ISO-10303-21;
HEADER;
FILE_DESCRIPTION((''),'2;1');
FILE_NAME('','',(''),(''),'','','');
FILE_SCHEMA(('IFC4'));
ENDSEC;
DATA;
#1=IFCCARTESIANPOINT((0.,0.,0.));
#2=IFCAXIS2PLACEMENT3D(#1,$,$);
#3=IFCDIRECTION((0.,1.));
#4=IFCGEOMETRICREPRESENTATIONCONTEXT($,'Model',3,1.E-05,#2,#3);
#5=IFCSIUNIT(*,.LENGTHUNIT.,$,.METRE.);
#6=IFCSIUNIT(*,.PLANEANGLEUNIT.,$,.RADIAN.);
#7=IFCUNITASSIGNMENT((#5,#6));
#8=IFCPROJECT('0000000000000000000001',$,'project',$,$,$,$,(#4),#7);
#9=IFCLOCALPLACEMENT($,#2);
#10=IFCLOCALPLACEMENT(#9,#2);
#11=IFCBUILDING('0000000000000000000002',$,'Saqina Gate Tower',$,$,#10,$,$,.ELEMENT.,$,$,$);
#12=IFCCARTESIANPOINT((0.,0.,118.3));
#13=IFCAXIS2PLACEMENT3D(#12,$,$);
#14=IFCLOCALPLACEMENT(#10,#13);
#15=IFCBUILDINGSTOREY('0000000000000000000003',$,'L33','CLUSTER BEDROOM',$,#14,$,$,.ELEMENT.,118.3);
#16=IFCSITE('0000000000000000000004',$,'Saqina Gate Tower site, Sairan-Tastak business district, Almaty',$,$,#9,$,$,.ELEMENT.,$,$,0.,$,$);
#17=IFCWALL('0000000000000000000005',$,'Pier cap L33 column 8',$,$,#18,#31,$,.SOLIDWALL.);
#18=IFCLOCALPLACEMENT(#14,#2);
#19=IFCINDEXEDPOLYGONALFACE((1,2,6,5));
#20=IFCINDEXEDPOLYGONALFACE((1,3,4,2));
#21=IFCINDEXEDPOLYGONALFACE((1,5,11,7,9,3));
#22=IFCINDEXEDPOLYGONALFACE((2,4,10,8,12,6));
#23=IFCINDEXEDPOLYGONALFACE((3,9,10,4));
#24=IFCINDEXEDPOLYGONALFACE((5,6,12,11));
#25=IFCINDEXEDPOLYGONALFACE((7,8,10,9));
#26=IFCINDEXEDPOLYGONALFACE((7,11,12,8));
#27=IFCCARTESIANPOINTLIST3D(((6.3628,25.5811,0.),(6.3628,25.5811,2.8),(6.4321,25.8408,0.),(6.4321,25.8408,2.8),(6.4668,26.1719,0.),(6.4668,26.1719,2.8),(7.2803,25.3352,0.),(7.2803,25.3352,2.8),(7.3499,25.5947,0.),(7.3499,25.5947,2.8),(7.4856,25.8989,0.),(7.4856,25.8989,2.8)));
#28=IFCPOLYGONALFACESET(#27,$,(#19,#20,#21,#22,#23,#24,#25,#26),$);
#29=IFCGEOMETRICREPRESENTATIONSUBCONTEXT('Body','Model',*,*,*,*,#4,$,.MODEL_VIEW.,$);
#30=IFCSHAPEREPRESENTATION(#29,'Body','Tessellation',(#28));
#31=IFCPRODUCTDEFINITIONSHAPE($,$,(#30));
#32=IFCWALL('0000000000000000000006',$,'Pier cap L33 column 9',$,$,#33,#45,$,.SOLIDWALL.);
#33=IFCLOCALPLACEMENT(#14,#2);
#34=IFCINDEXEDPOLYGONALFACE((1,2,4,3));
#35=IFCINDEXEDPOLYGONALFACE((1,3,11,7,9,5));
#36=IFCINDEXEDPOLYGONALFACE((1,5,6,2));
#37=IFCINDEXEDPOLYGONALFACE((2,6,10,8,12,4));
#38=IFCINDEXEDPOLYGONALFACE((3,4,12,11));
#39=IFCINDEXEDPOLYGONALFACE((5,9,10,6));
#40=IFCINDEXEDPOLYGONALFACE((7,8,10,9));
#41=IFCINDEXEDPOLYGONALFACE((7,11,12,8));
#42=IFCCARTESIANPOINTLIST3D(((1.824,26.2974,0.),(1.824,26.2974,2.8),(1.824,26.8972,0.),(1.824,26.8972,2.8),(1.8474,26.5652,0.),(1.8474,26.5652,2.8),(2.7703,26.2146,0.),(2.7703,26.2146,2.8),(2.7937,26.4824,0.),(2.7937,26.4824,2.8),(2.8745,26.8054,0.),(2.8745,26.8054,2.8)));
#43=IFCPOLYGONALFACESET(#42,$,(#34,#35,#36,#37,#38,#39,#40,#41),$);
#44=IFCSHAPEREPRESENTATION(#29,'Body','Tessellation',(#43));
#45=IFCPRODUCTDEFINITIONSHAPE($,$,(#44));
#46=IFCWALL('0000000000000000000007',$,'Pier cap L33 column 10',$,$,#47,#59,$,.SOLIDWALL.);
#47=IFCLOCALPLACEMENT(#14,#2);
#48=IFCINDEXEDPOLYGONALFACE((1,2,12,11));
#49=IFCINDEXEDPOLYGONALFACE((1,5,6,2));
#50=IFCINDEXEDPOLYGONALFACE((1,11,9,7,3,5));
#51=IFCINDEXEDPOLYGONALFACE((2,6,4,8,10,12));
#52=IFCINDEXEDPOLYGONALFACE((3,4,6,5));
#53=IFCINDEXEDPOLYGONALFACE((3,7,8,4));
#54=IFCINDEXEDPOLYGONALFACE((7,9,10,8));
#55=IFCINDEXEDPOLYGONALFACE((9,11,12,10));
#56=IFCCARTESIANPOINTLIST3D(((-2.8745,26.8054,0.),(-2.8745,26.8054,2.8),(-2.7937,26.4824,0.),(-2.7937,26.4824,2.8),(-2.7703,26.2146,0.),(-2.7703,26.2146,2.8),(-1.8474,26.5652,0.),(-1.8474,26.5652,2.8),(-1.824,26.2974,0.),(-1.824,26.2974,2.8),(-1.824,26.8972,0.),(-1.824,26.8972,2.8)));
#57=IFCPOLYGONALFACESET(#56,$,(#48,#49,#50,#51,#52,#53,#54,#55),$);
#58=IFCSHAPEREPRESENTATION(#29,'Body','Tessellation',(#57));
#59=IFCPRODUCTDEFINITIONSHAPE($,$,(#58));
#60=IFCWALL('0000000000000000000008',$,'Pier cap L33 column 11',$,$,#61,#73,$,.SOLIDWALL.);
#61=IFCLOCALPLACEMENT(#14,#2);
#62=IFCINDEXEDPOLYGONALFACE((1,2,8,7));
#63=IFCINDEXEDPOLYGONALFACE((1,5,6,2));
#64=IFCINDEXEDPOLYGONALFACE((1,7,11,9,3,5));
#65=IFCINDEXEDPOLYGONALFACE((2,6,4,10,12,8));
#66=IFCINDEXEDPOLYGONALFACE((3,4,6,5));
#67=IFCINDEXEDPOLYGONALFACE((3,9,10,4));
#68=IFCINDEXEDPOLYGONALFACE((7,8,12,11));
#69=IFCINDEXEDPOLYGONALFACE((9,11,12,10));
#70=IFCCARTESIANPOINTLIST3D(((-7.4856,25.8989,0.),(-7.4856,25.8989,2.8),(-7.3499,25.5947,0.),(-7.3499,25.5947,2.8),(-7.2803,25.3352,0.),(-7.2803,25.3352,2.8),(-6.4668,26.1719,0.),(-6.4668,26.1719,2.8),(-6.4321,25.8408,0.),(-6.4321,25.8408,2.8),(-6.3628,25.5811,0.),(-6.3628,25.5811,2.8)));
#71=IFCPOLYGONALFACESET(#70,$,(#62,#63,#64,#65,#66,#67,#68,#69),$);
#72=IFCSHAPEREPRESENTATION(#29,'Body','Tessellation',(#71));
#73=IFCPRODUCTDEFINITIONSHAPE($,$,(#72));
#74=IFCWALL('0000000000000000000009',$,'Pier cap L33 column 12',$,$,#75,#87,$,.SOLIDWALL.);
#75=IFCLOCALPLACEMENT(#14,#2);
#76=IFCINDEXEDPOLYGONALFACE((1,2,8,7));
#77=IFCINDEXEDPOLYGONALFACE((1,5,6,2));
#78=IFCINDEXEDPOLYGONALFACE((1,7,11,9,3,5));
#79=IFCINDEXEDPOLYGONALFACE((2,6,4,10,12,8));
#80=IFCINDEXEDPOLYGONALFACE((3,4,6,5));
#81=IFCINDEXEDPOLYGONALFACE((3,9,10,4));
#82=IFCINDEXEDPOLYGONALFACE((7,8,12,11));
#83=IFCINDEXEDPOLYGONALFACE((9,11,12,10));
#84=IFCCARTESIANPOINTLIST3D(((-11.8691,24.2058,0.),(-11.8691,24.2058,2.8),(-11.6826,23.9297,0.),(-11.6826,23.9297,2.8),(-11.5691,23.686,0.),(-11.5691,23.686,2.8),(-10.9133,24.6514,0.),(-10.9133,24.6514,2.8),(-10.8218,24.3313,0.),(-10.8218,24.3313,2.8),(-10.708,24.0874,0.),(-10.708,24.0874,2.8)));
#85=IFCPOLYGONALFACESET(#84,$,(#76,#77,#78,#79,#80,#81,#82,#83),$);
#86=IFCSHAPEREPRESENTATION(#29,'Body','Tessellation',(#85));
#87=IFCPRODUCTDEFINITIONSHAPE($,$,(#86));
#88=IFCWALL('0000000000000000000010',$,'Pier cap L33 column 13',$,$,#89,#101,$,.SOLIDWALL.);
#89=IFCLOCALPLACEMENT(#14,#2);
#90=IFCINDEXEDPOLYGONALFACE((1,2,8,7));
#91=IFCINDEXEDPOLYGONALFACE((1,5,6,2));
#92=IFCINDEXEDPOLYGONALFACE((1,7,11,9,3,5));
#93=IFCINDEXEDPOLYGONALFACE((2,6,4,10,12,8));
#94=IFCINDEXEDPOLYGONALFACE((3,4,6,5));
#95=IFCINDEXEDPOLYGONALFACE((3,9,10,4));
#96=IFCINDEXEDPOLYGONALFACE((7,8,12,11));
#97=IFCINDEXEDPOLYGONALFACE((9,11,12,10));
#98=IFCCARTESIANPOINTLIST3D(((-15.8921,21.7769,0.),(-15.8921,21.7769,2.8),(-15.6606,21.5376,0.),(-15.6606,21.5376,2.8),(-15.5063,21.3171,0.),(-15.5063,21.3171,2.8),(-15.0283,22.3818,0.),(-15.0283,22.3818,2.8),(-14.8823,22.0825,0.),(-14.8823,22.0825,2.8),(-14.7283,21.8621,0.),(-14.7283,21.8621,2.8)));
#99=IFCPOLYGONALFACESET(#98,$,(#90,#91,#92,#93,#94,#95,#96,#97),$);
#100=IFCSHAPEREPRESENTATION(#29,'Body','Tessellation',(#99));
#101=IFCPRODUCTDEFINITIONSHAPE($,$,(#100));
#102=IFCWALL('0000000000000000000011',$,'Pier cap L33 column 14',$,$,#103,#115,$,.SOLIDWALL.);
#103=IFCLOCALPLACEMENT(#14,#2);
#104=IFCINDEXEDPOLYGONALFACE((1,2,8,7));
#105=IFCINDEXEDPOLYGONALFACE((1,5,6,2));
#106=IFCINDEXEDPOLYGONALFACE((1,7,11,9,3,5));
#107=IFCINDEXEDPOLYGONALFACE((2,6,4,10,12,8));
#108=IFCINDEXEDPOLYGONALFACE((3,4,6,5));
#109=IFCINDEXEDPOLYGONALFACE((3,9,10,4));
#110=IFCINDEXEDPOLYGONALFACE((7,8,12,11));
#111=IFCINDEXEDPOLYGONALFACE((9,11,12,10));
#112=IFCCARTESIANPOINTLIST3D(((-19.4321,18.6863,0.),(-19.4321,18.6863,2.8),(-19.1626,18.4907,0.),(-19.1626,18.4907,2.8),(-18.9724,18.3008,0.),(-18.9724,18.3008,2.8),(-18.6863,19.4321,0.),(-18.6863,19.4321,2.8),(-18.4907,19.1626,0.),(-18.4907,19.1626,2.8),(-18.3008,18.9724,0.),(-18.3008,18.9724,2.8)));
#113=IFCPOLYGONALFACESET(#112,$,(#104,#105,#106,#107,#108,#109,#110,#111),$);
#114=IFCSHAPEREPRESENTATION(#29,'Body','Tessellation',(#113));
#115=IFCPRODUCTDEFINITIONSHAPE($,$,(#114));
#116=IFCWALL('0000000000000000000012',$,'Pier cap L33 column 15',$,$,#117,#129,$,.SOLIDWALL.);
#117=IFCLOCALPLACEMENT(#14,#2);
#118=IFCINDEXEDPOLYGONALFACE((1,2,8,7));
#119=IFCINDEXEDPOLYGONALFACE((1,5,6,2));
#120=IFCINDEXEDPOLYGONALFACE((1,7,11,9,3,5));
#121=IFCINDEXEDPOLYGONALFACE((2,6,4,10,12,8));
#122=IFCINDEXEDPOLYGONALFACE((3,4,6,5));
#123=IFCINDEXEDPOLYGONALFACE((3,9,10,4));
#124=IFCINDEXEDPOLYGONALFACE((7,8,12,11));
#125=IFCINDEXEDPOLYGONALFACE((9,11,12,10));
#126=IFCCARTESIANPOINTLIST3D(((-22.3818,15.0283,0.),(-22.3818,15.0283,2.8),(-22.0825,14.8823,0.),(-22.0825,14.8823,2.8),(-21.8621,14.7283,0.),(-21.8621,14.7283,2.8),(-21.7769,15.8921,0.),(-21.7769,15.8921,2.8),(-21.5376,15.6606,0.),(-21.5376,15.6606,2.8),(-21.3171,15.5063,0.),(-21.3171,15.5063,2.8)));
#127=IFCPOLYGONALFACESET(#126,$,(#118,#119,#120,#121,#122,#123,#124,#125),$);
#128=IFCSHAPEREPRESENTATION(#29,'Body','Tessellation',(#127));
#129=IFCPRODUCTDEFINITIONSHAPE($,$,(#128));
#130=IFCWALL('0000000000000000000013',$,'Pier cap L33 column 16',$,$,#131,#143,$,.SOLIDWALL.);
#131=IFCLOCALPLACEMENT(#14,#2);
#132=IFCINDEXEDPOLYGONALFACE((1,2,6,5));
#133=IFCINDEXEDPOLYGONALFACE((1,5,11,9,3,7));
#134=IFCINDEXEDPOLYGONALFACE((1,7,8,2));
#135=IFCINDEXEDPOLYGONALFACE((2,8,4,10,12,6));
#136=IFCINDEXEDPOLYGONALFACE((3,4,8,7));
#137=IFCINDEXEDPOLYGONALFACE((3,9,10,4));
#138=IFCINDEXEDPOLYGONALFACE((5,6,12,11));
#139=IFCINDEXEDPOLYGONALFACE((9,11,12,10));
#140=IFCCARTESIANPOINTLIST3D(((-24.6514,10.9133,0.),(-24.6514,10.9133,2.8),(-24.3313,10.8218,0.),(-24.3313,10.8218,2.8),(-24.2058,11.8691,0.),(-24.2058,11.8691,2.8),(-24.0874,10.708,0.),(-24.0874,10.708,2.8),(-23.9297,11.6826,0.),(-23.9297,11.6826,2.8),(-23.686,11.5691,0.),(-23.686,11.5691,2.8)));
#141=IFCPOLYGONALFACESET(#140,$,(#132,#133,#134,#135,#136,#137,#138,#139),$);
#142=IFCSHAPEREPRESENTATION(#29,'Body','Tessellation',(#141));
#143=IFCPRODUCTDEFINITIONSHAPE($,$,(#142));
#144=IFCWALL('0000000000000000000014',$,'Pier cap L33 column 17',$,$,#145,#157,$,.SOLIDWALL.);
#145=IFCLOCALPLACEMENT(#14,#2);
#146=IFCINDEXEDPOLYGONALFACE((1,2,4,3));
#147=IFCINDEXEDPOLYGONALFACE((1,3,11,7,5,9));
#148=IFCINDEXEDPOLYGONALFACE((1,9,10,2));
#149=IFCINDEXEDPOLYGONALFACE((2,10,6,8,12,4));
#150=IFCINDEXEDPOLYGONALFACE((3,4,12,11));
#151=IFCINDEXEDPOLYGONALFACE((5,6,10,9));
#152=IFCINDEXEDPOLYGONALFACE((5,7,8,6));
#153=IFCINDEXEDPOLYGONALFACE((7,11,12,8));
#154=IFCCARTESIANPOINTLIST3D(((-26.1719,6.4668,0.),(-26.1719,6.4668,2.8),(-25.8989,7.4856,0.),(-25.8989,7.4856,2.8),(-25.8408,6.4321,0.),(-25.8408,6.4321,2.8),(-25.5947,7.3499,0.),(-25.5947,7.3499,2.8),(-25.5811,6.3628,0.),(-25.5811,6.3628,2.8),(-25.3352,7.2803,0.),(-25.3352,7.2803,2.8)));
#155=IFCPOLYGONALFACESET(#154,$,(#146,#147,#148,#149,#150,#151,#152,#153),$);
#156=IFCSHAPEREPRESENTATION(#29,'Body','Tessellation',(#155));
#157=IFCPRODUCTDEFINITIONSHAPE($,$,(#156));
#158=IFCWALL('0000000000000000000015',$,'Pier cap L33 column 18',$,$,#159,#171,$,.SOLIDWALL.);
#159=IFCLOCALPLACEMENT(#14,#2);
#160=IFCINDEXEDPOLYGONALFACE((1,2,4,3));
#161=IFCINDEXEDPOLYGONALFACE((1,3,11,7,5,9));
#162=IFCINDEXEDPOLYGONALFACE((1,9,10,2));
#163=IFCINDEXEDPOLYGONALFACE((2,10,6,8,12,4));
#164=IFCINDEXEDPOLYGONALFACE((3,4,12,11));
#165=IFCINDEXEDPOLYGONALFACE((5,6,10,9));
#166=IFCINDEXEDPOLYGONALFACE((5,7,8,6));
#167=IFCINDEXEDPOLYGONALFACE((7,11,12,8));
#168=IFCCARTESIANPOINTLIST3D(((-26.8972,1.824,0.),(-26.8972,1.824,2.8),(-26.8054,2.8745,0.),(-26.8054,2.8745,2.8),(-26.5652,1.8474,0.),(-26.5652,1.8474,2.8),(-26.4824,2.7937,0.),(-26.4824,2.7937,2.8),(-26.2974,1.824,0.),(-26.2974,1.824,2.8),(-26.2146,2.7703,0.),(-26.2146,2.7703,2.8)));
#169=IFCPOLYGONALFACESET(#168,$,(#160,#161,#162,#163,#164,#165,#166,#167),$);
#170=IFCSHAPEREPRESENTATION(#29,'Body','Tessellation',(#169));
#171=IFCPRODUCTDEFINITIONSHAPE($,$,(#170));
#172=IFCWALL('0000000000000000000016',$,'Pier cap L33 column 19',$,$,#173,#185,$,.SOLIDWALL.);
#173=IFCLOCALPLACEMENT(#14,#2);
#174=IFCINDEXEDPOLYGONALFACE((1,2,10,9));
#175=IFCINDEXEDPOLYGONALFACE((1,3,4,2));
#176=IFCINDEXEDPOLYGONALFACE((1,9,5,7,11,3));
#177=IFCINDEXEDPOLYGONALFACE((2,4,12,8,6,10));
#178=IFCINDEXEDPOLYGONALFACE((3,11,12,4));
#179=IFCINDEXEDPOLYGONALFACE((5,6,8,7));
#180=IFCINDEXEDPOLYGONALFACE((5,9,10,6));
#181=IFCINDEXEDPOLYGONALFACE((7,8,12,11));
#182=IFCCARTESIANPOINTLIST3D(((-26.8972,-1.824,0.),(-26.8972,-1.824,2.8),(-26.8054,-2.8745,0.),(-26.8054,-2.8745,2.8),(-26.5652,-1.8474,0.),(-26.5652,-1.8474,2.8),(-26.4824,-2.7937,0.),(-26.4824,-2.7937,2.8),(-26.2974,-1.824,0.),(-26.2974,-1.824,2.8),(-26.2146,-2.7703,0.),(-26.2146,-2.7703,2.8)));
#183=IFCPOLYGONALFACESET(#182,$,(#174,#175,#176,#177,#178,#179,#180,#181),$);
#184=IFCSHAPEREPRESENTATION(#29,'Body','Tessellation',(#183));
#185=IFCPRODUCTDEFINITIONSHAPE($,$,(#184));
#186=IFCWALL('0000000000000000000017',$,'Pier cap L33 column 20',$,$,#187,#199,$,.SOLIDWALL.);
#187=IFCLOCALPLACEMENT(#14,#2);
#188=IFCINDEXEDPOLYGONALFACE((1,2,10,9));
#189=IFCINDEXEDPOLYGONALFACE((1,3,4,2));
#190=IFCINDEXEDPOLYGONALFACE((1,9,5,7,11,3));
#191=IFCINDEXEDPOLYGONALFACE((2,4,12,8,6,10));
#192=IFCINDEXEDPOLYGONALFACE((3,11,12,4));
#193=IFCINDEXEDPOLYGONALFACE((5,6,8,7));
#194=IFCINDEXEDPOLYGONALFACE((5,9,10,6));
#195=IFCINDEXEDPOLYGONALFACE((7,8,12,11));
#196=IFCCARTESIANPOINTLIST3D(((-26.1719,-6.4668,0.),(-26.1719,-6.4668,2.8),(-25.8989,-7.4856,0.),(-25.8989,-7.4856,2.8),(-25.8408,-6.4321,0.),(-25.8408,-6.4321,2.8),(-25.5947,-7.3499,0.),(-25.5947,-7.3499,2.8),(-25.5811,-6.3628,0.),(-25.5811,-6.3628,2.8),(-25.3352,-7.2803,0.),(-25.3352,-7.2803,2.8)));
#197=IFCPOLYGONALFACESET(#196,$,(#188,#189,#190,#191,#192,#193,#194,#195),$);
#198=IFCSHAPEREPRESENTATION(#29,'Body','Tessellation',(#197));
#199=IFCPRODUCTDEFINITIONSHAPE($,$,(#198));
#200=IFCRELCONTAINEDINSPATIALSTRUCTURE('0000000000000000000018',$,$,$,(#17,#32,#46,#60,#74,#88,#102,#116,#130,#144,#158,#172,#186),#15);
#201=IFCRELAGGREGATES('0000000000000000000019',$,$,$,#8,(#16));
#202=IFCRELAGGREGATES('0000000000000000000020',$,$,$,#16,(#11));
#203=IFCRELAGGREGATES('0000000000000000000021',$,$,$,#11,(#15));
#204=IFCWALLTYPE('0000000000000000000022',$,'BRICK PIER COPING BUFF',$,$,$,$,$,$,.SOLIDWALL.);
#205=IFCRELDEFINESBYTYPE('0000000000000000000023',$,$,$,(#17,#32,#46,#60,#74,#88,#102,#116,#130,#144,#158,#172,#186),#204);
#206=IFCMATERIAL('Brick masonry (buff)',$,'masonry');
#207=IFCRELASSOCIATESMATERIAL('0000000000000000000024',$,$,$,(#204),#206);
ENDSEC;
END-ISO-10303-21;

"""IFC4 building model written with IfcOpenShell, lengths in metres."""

from ifc_helpers import new_model, si_unit, direction, frame, origin, place, context, subcontext, project, spatial, polyline, outline, extrude, material, type_object, element, save


model = new_model("IFC4")

# Units and contexts
model_context = context("Model", 3, precision=1e-05, world=origin(), true_north=direction((0.0, 1.0)))
body_context = subcontext(model_context, "Body", "Model", "MODEL_VIEW")
ifc_project = project(units=[si_unit("LENGTHUNIT", "METRE"), si_unit("PLANEANGLEUNIT", "RADIAN")], contexts=[model_context])

# Site, building, storey
site_placement = place(None, origin())
site = spatial("IfcSite", under=ifc_project, at=site_placement, Name="Saqina Gate Tower site, Sairan-Tastak business district, Almaty", CompositionType="ELEMENT", RefElevation=0.0)
building_placement = place(site_placement, origin())
building = spatial("IfcBuilding", under=site, at=building_placement, Name="Saqina Gate Tower", CompositionType="ELEMENT")
storey_placement = place(building_placement, frame((0.0, 0.0, 118.3)))
storey = spatial("IfcBuildingStorey", under=building, at=storey_placement, Name="L33", Description="CLUSTER BEDROOM", CompositionType="ELEMENT", Elevation=118.3)

# Walls
ifc_material = material(Name="Brick masonry (buff)", Category="masonry")
wall_type = type_object("IfcWallType", Name="BRICK PIER COPING BUFF", PredefinedType="SOLIDWALL", material=ifc_material)
wall_1_placement = place(storey_placement, origin())
element("IfcWall", 1, at=wall_1_placement, inside=storey, type_object=wall_type, Name="Pier cap L33 column 8", PredefinedType="SOLIDWALL", context=body_context, shape_type="SweptSolid", body=[
    extrude(outline(polyline([(7.4856, 25.8989), (6.4668, 26.1719), (6.3628, 25.5811), (6.4321, 25.8408), (7.3499, 25.5947), (7.2803, 25.3352), (7.4856, 25.8989)])), origin(), (0.0, 0.0, 1.0), 2.8),
])
wall_2_placement = place(storey_placement, origin())
element("IfcWall", 2, at=wall_2_placement, inside=storey, type_object=wall_type, Name="Pier cap L33 column 9", PredefinedType="SOLIDWALL", context=body_context, shape_type="SweptSolid", body=[
    extrude(outline(polyline([(2.8745, 26.8054), (1.824, 26.8972), (1.824, 26.2974), (1.8474, 26.5652), (2.7937, 26.4824), (2.7703, 26.2146), (2.8745, 26.8054)])), origin(), (0.0, 0.0, 1.0), 2.8),
])
wall_3_placement = place(storey_placement, origin())
element("IfcWall", 3, at=wall_3_placement, inside=storey, type_object=wall_type, Name="Pier cap L33 column 10", PredefinedType="SOLIDWALL", context=body_context, shape_type="SweptSolid", body=[
    extrude(outline(polyline([(-2.8745, 26.8054), (-2.7703, 26.2146), (-2.7937, 26.4824), (-1.8474, 26.5652), (-1.824, 26.2974), (-1.824, 26.8972), (-2.8745, 26.8054)])), origin(), (0.0, 0.0, 1.0), 2.8),
])
wall_4_placement = place(storey_placement, origin())
element("IfcWall", 4, at=wall_4_placement, inside=storey, type_object=wall_type, Name="Pier cap L33 column 11", PredefinedType="SOLIDWALL", context=body_context, shape_type="SweptSolid", body=[
    extrude(outline(polyline([(-6.4668, 26.1719), (-7.4856, 25.8989), (-7.2803, 25.3352), (-7.3499, 25.5947), (-6.4321, 25.8408), (-6.3628, 25.5811), (-6.4668, 26.1719)])), origin(), (0.0, 0.0, 1.0), 2.8),
])
wall_5_placement = place(storey_placement, origin())
element("IfcWall", 5, at=wall_5_placement, inside=storey, type_object=wall_type, Name="Pier cap L33 column 12", PredefinedType="SOLIDWALL", context=body_context, shape_type="SweptSolid", body=[
    extrude(outline(polyline([(-10.9133, 24.6514), (-11.8691, 24.2058), (-11.5691, 23.686), (-11.6826, 23.9297), (-10.8218, 24.3313), (-10.708, 24.0874), (-10.9133, 24.6514)])), origin(), (0.0, 0.0, 1.0), 2.8),
])
wall_6_placement = place(storey_placement, origin())
element("IfcWall", 6, at=wall_6_placement, inside=storey, type_object=wall_type, Name="Pier cap L33 column 13", PredefinedType="SOLIDWALL", context=body_context, shape_type="SweptSolid", body=[
    extrude(outline(polyline([(-15.8921, 21.7769), (-15.5063, 21.3171), (-15.6606, 21.5376), (-14.8823, 22.0825), (-14.7283, 21.8621), (-15.0283, 22.3818), (-15.8921, 21.7769)])), origin(), (0.0, 0.0, 1.0), 2.8),
])
wall_7_placement = place(storey_placement, origin())
element("IfcWall", 7, at=wall_7_placement, inside=storey, type_object=wall_type, Name="Pier cap L33 column 14", PredefinedType="SOLIDWALL", context=body_context, shape_type="SweptSolid", body=[
    extrude(outline(polyline([(-18.6863, 19.4321), (-19.4321, 18.6863), (-18.9724, 18.3008), (-19.1626, 18.4907), (-18.4907, 19.1626), (-18.3008, 18.9724), (-18.6863, 19.4321)])), origin(), (0.0, 0.0, 1.0), 2.8),
])
wall_8_placement = place(storey_placement, origin())
element("IfcWall", 8, at=wall_8_placement, inside=storey, type_object=wall_type, Name="Pier cap L33 column 15", PredefinedType="SOLIDWALL", context=body_context, shape_type="SweptSolid", body=[
    extrude(outline(polyline([(-22.3818, 15.0283), (-21.8621, 14.7283), (-22.0825, 14.8823), (-21.5376, 15.6606), (-21.3171, 15.5063), (-21.7769, 15.8921), (-22.3818, 15.0283)])), origin(), (0.0, 0.0, 1.0), 2.8),
])
wall_9_placement = place(storey_placement, origin())
element("IfcWall", 9, at=wall_9_placement, inside=storey, type_object=wall_type, Name="Pier cap L33 column 16", PredefinedType="SOLIDWALL", context=body_context, shape_type="SweptSolid", body=[
    extrude(outline(polyline([(-24.6514, 10.9133), (-24.0874, 10.708), (-24.3313, 10.8218), (-23.9297, 11.6826), (-23.686, 11.5691), (-24.2058, 11.8691), (-24.6514, 10.9133)])), origin(), (0.0, 0.0, 1.0), 2.8),
])
wall_10_placement = place(storey_placement, origin())
element("IfcWall", 10, at=wall_10_placement, inside=storey, type_object=wall_type, Name="Pier cap L33 column 17", PredefinedType="SOLIDWALL", context=body_context, shape_type="SweptSolid", body=[
    extrude(outline(polyline([(-25.8989, 7.4856), (-26.1719, 6.4668), (-25.5811, 6.3628), (-25.8408, 6.4321), (-25.5947, 7.3499), (-25.3352, 7.2803), (-25.8989, 7.4856)])), origin(), (0.0, 0.0, 1.0), 2.8),
])
wall_11_placement = place(storey_placement, origin())
element("IfcWall", 11, at=wall_11_placement, inside=storey, type_object=wall_type, Name="Pier cap L33 column 18", PredefinedType="SOLIDWALL", context=body_context, shape_type="SweptSolid", body=[
    extrude(outline(polyline([(-26.8054, 2.8745), (-26.8972, 1.824), (-26.2974, 1.824), (-26.5652, 1.8474), (-26.4824, 2.7937), (-26.2146, 2.7703), (-26.8054, 2.8745)])), origin(), (0.0, 0.0, 1.0), 2.8),
])
wall_12_placement = place(storey_placement, origin())
element("IfcWall", 12, at=wall_12_placement, inside=storey, type_object=wall_type, Name="Pier cap L33 column 19", PredefinedType="SOLIDWALL", context=body_context, shape_type="SweptSolid", body=[
    extrude(outline(polyline([(-26.8054, -2.8745), (-26.2146, -2.7703), (-26.4824, -2.7937), (-26.5652, -1.8474), (-26.2974, -1.824), (-26.8972, -1.824), (-26.8054, -2.8745)])), origin(), (0.0, 0.0, 1.0), 2.8),
])
wall_13_placement = place(storey_placement, origin())
element("IfcWall", 13, at=wall_13_placement, inside=storey, type_object=wall_type, Name="Pier cap L33 column 20", PredefinedType="SOLIDWALL", context=body_context, shape_type="SweptSolid", body=[
    extrude(outline(polyline([(-26.1719, -6.4668), (-25.8989, -7.4856), (-25.3352, -7.2803), (-25.5947, -7.3499), (-25.8408, -6.4321), (-25.5811, -6.3628), (-26.1719, -6.4668)])), origin(), (0.0, 0.0, 1.0), 2.8),
])

save(model, "model.ifc")
